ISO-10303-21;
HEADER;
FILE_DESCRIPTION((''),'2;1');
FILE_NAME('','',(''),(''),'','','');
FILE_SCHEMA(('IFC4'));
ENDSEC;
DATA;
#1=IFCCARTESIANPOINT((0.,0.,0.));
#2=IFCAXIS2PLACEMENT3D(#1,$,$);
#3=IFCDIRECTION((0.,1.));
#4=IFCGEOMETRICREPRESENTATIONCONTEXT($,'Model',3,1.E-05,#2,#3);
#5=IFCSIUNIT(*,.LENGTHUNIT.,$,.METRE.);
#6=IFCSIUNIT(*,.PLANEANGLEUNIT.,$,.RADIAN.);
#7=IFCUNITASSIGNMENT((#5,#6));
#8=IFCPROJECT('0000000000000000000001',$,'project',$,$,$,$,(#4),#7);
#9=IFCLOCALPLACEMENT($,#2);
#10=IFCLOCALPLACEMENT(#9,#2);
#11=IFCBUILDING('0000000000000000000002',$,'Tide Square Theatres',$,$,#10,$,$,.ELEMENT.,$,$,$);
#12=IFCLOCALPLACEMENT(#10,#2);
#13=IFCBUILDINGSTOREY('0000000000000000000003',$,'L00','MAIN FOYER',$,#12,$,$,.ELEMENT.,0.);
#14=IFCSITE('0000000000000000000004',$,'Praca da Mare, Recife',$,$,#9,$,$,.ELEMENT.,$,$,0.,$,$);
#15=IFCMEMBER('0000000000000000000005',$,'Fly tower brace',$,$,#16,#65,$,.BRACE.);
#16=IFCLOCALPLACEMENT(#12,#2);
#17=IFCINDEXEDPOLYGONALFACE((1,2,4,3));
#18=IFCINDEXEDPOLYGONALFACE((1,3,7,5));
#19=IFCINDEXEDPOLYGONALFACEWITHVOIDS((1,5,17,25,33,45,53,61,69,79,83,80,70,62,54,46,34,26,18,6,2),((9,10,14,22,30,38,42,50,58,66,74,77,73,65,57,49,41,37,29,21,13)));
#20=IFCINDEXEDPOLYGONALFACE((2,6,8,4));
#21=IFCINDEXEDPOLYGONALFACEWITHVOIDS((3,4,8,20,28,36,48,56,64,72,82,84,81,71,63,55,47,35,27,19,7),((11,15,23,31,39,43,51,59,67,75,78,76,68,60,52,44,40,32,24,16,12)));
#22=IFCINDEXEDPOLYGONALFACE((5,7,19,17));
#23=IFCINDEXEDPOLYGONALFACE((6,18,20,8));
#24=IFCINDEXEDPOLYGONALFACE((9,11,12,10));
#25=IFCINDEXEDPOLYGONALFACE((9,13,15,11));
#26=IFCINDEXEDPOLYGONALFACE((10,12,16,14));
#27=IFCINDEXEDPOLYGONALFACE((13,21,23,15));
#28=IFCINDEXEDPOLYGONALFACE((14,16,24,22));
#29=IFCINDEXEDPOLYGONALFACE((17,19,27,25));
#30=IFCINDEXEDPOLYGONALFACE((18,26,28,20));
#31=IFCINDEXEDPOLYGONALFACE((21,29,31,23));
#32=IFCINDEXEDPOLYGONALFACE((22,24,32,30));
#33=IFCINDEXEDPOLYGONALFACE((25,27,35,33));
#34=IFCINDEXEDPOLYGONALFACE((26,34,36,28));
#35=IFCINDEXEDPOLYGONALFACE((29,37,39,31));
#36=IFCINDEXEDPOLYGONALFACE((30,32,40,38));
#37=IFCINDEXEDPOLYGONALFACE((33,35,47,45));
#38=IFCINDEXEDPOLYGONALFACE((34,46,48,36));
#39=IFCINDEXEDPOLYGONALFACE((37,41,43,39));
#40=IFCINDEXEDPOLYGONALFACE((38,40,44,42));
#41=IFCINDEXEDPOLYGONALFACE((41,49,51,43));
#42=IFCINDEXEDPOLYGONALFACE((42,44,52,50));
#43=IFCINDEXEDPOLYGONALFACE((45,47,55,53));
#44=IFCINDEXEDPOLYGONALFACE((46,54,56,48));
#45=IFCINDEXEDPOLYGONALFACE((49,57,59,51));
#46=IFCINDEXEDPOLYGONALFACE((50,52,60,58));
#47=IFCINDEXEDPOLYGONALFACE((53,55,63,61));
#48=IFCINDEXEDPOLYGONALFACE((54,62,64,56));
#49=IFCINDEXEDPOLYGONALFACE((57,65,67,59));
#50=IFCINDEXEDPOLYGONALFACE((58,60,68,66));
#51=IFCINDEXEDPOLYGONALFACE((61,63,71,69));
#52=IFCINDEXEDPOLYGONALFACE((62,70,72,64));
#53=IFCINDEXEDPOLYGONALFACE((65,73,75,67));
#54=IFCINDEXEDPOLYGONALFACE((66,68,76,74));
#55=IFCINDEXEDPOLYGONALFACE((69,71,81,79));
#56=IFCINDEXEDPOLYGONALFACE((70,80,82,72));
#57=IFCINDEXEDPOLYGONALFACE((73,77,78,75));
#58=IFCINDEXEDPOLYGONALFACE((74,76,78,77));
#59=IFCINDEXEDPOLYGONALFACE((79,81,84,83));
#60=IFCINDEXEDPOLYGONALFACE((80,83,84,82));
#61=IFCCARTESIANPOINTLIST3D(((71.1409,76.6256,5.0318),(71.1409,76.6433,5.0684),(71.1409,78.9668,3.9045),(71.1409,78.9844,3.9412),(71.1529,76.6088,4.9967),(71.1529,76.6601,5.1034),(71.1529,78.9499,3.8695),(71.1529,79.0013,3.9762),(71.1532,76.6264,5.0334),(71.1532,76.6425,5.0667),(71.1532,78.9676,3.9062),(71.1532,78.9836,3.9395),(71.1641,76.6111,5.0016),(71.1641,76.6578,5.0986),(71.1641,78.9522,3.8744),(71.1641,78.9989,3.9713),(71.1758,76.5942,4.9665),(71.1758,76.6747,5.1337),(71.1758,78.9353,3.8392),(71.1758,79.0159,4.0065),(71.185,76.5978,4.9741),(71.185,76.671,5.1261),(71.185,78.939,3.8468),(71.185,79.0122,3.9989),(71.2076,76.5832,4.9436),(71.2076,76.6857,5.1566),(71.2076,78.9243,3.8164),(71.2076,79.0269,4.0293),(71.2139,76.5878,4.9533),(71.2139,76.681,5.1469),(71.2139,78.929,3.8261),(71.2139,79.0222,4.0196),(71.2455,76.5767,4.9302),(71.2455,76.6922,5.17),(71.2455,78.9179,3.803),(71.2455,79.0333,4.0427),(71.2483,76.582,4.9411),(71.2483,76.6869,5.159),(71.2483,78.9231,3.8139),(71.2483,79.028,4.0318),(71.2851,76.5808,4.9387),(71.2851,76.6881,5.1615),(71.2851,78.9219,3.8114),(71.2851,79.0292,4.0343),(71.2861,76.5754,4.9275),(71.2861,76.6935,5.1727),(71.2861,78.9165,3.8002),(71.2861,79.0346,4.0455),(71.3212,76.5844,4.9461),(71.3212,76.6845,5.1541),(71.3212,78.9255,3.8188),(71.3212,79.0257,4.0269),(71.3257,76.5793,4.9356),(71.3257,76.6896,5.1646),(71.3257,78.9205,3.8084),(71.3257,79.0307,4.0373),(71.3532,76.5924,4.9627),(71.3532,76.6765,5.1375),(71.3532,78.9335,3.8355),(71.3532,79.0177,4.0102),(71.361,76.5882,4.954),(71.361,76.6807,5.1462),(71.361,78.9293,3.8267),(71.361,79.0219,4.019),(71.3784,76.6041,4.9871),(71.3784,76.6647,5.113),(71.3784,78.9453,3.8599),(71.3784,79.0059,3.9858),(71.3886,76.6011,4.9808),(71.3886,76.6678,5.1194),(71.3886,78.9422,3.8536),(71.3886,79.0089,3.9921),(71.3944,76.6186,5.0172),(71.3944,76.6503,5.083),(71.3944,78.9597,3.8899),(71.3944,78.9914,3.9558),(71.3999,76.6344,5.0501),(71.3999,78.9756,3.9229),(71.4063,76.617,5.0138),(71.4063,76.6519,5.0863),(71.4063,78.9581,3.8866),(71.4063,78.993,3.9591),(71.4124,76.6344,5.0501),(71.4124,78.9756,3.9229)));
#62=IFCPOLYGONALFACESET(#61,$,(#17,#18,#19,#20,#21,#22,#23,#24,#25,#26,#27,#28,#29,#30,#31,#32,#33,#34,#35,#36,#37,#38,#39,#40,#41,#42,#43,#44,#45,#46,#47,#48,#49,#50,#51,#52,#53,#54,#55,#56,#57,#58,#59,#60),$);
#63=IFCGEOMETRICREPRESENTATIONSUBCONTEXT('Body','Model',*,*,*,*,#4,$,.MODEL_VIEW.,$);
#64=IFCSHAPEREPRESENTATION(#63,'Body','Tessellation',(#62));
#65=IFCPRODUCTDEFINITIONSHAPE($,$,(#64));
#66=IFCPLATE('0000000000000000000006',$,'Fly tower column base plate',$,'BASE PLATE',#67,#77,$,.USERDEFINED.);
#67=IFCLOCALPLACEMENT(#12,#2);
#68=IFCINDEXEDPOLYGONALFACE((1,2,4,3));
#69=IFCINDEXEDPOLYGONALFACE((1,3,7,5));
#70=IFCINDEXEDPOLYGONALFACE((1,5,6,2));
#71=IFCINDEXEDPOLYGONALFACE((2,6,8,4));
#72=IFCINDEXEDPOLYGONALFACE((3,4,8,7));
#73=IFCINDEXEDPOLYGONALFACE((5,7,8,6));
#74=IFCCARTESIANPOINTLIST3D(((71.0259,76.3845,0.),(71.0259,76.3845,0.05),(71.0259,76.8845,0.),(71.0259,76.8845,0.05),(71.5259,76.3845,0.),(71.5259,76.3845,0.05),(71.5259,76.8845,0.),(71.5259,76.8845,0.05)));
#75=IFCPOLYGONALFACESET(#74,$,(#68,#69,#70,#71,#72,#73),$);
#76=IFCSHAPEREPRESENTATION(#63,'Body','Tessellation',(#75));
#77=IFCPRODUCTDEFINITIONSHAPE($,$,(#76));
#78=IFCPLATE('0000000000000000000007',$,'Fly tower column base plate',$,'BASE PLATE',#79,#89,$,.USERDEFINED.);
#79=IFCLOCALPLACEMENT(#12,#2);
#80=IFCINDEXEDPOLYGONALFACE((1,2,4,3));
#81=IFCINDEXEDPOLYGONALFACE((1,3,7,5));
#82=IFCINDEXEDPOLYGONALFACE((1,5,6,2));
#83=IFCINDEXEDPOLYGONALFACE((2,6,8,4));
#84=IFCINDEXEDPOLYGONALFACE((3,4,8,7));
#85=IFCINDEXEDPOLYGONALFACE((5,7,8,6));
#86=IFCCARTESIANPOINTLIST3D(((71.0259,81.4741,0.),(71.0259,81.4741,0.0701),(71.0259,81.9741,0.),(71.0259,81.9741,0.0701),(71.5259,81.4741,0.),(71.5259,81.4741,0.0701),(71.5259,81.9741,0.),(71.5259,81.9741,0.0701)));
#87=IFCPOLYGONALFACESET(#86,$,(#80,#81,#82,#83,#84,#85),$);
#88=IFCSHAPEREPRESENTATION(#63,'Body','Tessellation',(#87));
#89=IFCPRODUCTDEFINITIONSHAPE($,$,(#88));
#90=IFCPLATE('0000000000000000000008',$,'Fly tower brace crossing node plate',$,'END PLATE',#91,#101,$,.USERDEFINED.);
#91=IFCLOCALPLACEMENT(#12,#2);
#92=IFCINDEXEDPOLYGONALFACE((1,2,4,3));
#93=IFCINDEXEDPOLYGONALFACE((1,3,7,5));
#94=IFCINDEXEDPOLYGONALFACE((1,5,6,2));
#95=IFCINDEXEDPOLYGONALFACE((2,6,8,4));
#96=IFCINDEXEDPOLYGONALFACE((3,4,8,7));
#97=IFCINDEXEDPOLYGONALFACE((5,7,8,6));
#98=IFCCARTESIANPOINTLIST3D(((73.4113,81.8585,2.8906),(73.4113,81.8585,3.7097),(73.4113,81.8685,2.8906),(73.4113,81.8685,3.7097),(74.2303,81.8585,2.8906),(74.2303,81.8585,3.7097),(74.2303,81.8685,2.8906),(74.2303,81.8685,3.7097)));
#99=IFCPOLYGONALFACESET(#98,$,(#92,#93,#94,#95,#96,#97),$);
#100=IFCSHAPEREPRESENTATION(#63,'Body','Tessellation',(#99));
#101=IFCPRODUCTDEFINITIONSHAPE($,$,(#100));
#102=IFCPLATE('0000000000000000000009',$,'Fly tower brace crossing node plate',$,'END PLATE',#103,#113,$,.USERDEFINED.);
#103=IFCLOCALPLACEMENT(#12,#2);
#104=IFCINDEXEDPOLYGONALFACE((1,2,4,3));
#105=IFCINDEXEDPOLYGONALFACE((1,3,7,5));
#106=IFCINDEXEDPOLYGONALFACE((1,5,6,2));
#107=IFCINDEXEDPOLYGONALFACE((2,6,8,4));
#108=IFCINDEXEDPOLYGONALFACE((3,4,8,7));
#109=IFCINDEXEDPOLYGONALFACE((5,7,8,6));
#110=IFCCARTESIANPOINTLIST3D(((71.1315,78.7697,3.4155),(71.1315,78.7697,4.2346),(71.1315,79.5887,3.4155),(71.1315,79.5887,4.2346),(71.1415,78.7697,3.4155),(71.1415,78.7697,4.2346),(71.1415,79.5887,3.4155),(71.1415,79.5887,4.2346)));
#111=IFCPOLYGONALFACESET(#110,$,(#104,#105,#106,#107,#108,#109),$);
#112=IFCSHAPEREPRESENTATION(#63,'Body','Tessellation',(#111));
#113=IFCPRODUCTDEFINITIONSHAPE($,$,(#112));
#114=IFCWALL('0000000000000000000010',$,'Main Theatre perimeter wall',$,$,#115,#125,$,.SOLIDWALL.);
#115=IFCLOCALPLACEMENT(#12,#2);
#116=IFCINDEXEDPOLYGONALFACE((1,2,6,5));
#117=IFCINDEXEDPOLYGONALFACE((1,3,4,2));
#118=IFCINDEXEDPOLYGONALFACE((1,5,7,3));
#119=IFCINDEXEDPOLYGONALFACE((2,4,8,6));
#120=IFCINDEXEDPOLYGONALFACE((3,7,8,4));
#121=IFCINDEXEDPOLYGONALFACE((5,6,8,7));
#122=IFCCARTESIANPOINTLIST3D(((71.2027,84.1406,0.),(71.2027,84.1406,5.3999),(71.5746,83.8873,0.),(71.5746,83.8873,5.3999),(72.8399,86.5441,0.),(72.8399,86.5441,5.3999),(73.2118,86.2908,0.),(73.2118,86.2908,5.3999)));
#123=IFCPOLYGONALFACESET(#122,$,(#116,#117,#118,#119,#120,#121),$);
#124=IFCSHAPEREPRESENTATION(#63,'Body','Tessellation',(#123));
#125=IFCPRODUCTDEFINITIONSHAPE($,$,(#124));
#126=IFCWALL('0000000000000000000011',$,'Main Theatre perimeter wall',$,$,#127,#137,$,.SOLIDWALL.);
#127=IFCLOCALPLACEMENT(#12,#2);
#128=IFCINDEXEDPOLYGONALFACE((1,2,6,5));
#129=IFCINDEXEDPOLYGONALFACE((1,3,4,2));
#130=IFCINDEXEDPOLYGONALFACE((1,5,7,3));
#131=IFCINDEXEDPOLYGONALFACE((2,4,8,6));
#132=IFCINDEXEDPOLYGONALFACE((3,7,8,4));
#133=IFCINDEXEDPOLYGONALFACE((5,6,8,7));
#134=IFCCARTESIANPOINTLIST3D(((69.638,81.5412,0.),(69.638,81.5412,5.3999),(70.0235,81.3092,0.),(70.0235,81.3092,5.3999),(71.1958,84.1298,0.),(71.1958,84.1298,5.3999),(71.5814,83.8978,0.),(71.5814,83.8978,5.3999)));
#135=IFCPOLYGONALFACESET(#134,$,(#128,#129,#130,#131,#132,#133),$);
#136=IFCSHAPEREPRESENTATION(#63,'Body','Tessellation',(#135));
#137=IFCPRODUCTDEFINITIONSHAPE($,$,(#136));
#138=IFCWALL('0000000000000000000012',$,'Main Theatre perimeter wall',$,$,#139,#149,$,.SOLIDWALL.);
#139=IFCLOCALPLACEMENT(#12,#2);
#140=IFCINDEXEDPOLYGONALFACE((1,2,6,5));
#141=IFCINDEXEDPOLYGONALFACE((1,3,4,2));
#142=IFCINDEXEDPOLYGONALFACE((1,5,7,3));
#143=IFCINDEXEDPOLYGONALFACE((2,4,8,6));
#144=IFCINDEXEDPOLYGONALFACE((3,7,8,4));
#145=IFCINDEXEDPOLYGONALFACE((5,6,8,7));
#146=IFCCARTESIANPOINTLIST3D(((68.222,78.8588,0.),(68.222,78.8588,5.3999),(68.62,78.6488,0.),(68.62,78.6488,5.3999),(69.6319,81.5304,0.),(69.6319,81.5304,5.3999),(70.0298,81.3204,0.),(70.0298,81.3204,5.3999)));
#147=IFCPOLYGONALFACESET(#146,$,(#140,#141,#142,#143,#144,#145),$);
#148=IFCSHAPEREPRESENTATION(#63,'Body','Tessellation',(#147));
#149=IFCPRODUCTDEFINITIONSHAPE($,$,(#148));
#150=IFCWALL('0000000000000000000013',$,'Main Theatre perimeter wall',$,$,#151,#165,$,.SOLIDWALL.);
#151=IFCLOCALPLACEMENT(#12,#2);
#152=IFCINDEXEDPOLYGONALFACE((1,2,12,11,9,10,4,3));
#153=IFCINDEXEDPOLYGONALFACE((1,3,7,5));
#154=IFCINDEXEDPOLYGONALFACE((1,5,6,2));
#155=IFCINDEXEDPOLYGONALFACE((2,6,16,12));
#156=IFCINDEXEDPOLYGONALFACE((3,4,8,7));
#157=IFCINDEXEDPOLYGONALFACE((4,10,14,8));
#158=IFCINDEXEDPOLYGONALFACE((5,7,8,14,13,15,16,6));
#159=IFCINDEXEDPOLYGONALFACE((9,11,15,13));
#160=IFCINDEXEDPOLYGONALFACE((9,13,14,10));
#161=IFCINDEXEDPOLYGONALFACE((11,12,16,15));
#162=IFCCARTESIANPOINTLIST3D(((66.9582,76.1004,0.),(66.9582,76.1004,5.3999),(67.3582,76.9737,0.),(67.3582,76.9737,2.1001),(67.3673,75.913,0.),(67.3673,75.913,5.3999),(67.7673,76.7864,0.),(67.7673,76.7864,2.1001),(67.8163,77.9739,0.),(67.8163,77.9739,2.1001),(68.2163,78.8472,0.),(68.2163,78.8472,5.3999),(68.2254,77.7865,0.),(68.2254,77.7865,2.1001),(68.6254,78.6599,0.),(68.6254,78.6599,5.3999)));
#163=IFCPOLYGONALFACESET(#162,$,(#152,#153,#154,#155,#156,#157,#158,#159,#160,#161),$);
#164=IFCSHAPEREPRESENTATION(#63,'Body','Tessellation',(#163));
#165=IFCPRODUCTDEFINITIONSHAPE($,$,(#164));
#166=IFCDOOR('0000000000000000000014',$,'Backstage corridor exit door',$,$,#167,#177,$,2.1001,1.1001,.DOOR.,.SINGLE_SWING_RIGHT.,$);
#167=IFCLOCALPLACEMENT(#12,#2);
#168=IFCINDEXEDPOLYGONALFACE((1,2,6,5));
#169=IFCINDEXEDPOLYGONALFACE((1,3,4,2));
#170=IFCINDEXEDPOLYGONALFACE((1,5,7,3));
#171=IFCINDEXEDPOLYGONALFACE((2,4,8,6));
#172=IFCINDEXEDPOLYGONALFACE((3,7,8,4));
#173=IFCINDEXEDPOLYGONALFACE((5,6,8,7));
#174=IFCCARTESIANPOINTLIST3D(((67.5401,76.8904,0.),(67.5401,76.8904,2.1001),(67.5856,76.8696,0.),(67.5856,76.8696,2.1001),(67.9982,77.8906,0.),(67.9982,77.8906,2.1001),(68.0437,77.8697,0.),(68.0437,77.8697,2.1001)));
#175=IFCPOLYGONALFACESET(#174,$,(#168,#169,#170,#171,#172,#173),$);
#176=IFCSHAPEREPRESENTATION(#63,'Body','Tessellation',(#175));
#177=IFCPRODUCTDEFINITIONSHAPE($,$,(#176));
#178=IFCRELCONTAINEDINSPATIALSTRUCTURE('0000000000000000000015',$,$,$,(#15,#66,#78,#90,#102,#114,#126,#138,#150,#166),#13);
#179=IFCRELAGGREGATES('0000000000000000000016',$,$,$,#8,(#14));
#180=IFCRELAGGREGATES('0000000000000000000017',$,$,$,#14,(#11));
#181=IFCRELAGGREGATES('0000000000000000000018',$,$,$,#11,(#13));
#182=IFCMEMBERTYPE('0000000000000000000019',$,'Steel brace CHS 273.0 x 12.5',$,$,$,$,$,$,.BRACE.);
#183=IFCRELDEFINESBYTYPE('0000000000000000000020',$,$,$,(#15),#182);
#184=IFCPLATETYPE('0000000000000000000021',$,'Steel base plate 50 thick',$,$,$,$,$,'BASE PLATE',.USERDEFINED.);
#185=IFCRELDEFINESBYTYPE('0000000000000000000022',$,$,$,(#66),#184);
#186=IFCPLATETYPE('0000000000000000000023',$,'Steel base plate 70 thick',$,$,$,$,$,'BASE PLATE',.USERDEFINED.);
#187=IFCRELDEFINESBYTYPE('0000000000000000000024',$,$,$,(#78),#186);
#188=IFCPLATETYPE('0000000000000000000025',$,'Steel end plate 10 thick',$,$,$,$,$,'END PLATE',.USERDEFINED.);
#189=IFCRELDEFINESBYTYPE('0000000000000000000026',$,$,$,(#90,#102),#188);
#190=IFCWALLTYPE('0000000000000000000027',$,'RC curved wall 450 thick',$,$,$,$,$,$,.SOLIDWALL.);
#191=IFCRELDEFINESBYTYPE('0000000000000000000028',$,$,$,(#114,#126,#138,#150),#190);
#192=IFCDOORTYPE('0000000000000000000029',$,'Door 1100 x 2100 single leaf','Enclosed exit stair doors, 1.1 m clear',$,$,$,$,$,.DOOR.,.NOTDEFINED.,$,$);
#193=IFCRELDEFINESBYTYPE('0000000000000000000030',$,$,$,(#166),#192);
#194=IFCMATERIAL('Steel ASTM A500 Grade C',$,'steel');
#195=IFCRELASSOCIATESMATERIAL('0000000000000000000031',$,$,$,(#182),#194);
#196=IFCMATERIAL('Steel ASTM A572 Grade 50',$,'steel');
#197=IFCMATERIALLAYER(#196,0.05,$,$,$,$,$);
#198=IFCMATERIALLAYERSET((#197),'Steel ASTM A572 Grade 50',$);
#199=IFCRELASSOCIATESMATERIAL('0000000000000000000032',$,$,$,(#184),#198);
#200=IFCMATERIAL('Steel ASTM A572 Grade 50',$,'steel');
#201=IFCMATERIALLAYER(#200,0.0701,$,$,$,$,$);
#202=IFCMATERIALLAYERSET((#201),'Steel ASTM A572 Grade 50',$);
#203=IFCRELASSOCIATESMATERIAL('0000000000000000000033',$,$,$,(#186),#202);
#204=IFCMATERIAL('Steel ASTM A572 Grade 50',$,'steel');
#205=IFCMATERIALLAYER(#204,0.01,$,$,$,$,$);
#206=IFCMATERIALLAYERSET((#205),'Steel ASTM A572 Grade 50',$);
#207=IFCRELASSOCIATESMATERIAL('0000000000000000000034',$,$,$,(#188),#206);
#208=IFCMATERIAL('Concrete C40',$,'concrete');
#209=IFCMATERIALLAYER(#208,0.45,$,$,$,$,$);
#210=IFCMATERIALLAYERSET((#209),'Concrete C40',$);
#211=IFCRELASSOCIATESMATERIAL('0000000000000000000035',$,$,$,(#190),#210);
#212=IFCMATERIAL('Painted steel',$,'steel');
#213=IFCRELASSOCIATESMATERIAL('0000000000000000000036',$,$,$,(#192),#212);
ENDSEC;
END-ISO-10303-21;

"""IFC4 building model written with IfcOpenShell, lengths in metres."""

from ifc_helpers import new_model, si_unit, direction, frame, frame_2d, origin, origin_2d, place, context, subcontext, project, spatial, rectangle, hollow_circle, extrude, material, layer, layer_set, material_profile, profile_set, type_object, element, fill, save


model = new_model("IFC4")

# Units and contexts
model_context = context("Model", 3, precision=1e-05, world=origin(), true_north=direction((0.0, 1.0)))
body_context = subcontext(model_context, "Body", "Model", "MODEL_VIEW")
ifc_project = project(units=[si_unit("LENGTHUNIT", "METRE"), si_unit("PLANEANGLEUNIT", "RADIAN")], contexts=[model_context])

# Site, building, storey
site_placement = place(None, origin())
site = spatial("IfcSite", under=ifc_project, at=site_placement, Name="Praca da Mare, Recife", CompositionType="ELEMENT", RefElevation=0.0)
building_placement = place(site_placement, origin())
building = spatial("IfcBuilding", under=site, at=building_placement, Name="Tide Square Theatres", CompositionType="ELEMENT")
storey_placement = place(building_placement, origin())
storey = spatial("IfcBuildingStorey", under=building, at=storey_placement, Name="L00", Description="MAIN FOYER", CompositionType="ELEMENT", Elevation=0.0)

# Member
ifc_material_1 = material(Name="Steel ASTM A500 Grade C", Category="steel")
ifc_material_profile_1 = material_profile(ifc_material_1, hollow_circle(Radius=0.1365, WallThickness=0.0125, at=origin_2d()))
ifc_profile_set_1 = profile_set([ifc_material_profile_1], Name="Steel ASTM A500 Grade C")
member_type = type_object("IfcMemberType", Name="Steel brace CHS 273.0 x 12.5", PredefinedType="BRACE", material=ifc_profile_set_1)
for number, where, z_axis, x_axis, name in (
    (1, (71.2759, 78.9756, 3.9229), (0.0, -0.900999, 0.433821), (1.0, 0.0, 0.0), "Fly tower brace"),
):
    element("IfcMember", number, at=place(storey_placement, frame(where, z_axis=z_axis, x_axis=x_axis)), inside=storey, type_object=member_type, Name=name, PredefinedType="BRACE", context=body_context, shape_type="SweptSolid", body=[
        extrude(hollow_circle(Radius=0.1365, WallThickness=0.0125, at=origin_2d()), origin(), (0.0, 0.0, 1.0), 2.5984),
    ])

# Plates
ifc_material_2 = material(Name="Steel ASTM A572 Grade 50", Category="steel")
ifc_layer_1 = layer(ifc_material_2, 0.05)
ifc_layer_set_1 = layer_set([ifc_layer_1], Name="Steel ASTM A572 Grade 50")
plate_type_1 = type_object("IfcPlateType", Name="Steel base plate 50 thick", ElementType="BASE PLATE", PredefinedType="USERDEFINED", material=ifc_layer_set_1)
plate_1_placement = place(storey_placement, frame((71.2759, 76.6345, 0.0), z_axis=(0.0, 0.0, 1.0), x_axis=(1.0, 0.0, 0.0)))
element("IfcPlate", 2, at=plate_1_placement, inside=storey, type_object=plate_type_1, Name="Fly tower column base plate", ObjectType="BASE PLATE", PredefinedType="USERDEFINED", context=body_context, shape_type="SweptSolid", body=[
    extrude(rectangle(XDim=0.5, YDim=0.5, at=origin_2d()), origin(), (0.0, 0.0, 1.0), 0.05),
])
ifc_material_3 = material(Name="Steel ASTM A572 Grade 50", Category="steel")
ifc_layer_2 = layer(ifc_material_3, 0.0701)
ifc_layer_set_2 = layer_set([ifc_layer_2], Name="Steel ASTM A572 Grade 50")
plate_type_2 = type_object("IfcPlateType", Name="Steel base plate 70 thick", ElementType="BASE PLATE", PredefinedType="USERDEFINED", material=ifc_layer_set_2)
plate_2_placement = place(storey_placement, frame((71.2759, 81.7241, 0.0), z_axis=(0.0, 0.0, 1.0), x_axis=(1.0, 0.0, 0.0)))
element("IfcPlate", 3, at=plate_2_placement, inside=storey, type_object=plate_type_2, Name="Fly tower column base plate", ObjectType="BASE PLATE", PredefinedType="USERDEFINED", context=body_context, shape_type="SweptSolid", body=[
    extrude(rectangle(XDim=0.5, YDim=0.5, at=origin_2d()), origin(), (0.0, 0.0, 1.0), 0.0701),
])
ifc_material_4 = material(Name="Steel ASTM A572 Grade 50", Category="steel")
ifc_layer_3 = layer(ifc_material_4, 0.01)
ifc_layer_set_3 = layer_set([ifc_layer_3], Name="Steel ASTM A572 Grade 50")
plate_type_3 = type_object("IfcPlateType", Name="Steel end plate 10 thick", ElementType="END PLATE", PredefinedType="USERDEFINED", material=ifc_layer_set_3)
for number, where, z_axis, x_axis, name in (
    (4, (73.8208, 81.8635, 2.8906), (0.0, 0.0, 1.0), (0.0, 1.0, 0.0), "Fly tower brace crossing node plate"),
    (5, (71.1365, 79.1792, 3.4155), (0.0, 0.0, 1.0), (-1.0, 0.0, 0.0), "Fly tower brace crossing node plate"),
):
    element("IfcPlate", number, at=place(storey_placement, frame(where, z_axis=z_axis, x_axis=x_axis)), inside=storey, type_object=plate_type_3, Name=name, ObjectType="END PLATE", PredefinedType="USERDEFINED", context=body_context, shape_type="SweptSolid", body=[
        extrude(rectangle(XDim=0.01, YDim=0.8191, at=origin_2d()), origin(), (0.0, 0.0, 1.0), 0.8191),
    ])

# Walls
ifc_material_5 = material(Name="Concrete C40", Category="concrete")
ifc_layer_4 = layer(ifc_material_5, 0.45)
ifc_layer_set_4 = layer_set([ifc_layer_4], Name="Concrete C40")
wall_type_1 = type_object("IfcWallType", Name="RC curved wall 450 thick", PredefinedType="SOLIDWALL", material=ifc_layer_set_4)
wall_1_placement = place(storey_placement, frame((73.0259, 86.4175, 0.0), z_axis=(0.0, 0.0, 1.0), x_axis=(-0.562964, -0.826481, 0.0)))
element("IfcWall", 6, at=wall_1_placement, inside=storey, type_object=wall_type_1, Name="Main Theatre perimeter wall", PredefinedType="SOLIDWALL", context=body_context, shape_type="SweptSolid", body=[
    extrude(rectangle(XDim=2.9082, YDim=0.45, at=frame_2d((1.4541, 0.0))), origin(), (0.0, 0.0, 1.0), 5.3999),
])
wall_2_placement = place(storey_placement, frame((71.3887, 84.0139, 0.0), z_axis=(0.0, 0.0, 1.0), x_axis=(-0.515636, -0.856808, 0.0)))
element("IfcWall", 7, at=wall_2_placement, inside=storey, type_object=wall_type_1, Name="Main Theatre perimeter wall", PredefinedType="SOLIDWALL", context=body_context, shape_type="SweptSolid", body=[
    extrude(rectangle(XDim=3.0212, YDim=0.45, at=frame_2d((1.5107, 0.0))), origin(), (0.0, 0.0, 1.0), 5.3999),
])
wall_3_placement = place(storey_placement, frame((69.8308, 81.4253, 0.0), z_axis=(0.0, 0.0, 1.0), x_axis=(-0.466729, -0.884401, 0.0)))
element("IfcWall", 8, at=wall_3_placement, inside=storey, type_object=wall_type_1, Name="Main Theatre perimeter wall", PredefinedType="SOLIDWALL", context=body_context, shape_type="SweptSolid", body=[
    extrude(rectangle(XDim=3.0208, YDim=0.45, at=frame_2d((1.5103, 0.0))), origin(), (0.0, 0.0, 1.0), 5.3999),
])

# Wall, opening, door
wall_4_placement = place(storey_placement, frame((68.4209, 78.7537, 0.0), z_axis=(0.0, 0.0, 1.0), x_axis=(-0.416407, -0.909178, 0.0)))
wall_4 = element("IfcWall", 9, at=wall_4_placement, inside=storey, type_object=wall_type_1, Name="Main Theatre perimeter wall", PredefinedType="SOLIDWALL", context=body_context, shape_type="SweptSolid", body=[
    extrude(rectangle(XDim=3.0212, YDim=0.45, at=frame_2d((1.5107, 0.0))), origin(), (0.0, 0.0, 1.0), 5.3999),
])
opening_placement = place(wall_4_placement, frame((0.9607, 0.0, 0.0)))
opening = element("IfcOpeningElement", 10, at=opening_placement, cuts=wall_4, PredefinedType="OPENING", context=body_context, shape_type="SweptSolid", body=[
    extrude(rectangle(XDim=1.1001, YDim=2.1001, at=frame_2d((0.55, 1.05))), frame((0.0, 0.2349, 0.0), z_axis=(0.0, -1.0, 0.0), x_axis=(1.0, 0.0, 0.0)), (0.0, 0.0, 1.0), 0.47),
])
ifc_material_6 = material(Name="Painted steel", Category="steel")
door_type = type_object("IfcDoorType", Name="Door 1100 x 2100 single leaf", Description="Enclosed exit stair doors, 1.1 m clear", OperationType="NOTDEFINED", PredefinedType="DOOR", material=ifc_material_6)
door_placement = place(opening_placement, frame((1.1001, 0.0, 0.0), z_axis=(0.0, 0.0, 1.0), x_axis=(-1.0, 0.0, 0.0)))
door = element("IfcDoor", 11, at=door_placement, inside=storey, type_object=door_type, Name="Backstage corridor exit door", OperationType="SINGLE_SWING_RIGHT", OverallHeight=2.1001, OverallWidth=1.1001, PredefinedType="DOOR", context=body_context, shape_type="SweptSolid", body=[
    extrude(rectangle(XDim=1.1001, YDim=2.1001, at=frame_2d((0.55, 1.05))), frame((0.0, 0.0249, 0.0), z_axis=(0.0, -1.0, 0.0), x_axis=(1.0, 0.0, 0.0)), (0.0, 0.0, 1.0), 0.05),
])
fill(opening, door)

save(model, "model.ifc")
